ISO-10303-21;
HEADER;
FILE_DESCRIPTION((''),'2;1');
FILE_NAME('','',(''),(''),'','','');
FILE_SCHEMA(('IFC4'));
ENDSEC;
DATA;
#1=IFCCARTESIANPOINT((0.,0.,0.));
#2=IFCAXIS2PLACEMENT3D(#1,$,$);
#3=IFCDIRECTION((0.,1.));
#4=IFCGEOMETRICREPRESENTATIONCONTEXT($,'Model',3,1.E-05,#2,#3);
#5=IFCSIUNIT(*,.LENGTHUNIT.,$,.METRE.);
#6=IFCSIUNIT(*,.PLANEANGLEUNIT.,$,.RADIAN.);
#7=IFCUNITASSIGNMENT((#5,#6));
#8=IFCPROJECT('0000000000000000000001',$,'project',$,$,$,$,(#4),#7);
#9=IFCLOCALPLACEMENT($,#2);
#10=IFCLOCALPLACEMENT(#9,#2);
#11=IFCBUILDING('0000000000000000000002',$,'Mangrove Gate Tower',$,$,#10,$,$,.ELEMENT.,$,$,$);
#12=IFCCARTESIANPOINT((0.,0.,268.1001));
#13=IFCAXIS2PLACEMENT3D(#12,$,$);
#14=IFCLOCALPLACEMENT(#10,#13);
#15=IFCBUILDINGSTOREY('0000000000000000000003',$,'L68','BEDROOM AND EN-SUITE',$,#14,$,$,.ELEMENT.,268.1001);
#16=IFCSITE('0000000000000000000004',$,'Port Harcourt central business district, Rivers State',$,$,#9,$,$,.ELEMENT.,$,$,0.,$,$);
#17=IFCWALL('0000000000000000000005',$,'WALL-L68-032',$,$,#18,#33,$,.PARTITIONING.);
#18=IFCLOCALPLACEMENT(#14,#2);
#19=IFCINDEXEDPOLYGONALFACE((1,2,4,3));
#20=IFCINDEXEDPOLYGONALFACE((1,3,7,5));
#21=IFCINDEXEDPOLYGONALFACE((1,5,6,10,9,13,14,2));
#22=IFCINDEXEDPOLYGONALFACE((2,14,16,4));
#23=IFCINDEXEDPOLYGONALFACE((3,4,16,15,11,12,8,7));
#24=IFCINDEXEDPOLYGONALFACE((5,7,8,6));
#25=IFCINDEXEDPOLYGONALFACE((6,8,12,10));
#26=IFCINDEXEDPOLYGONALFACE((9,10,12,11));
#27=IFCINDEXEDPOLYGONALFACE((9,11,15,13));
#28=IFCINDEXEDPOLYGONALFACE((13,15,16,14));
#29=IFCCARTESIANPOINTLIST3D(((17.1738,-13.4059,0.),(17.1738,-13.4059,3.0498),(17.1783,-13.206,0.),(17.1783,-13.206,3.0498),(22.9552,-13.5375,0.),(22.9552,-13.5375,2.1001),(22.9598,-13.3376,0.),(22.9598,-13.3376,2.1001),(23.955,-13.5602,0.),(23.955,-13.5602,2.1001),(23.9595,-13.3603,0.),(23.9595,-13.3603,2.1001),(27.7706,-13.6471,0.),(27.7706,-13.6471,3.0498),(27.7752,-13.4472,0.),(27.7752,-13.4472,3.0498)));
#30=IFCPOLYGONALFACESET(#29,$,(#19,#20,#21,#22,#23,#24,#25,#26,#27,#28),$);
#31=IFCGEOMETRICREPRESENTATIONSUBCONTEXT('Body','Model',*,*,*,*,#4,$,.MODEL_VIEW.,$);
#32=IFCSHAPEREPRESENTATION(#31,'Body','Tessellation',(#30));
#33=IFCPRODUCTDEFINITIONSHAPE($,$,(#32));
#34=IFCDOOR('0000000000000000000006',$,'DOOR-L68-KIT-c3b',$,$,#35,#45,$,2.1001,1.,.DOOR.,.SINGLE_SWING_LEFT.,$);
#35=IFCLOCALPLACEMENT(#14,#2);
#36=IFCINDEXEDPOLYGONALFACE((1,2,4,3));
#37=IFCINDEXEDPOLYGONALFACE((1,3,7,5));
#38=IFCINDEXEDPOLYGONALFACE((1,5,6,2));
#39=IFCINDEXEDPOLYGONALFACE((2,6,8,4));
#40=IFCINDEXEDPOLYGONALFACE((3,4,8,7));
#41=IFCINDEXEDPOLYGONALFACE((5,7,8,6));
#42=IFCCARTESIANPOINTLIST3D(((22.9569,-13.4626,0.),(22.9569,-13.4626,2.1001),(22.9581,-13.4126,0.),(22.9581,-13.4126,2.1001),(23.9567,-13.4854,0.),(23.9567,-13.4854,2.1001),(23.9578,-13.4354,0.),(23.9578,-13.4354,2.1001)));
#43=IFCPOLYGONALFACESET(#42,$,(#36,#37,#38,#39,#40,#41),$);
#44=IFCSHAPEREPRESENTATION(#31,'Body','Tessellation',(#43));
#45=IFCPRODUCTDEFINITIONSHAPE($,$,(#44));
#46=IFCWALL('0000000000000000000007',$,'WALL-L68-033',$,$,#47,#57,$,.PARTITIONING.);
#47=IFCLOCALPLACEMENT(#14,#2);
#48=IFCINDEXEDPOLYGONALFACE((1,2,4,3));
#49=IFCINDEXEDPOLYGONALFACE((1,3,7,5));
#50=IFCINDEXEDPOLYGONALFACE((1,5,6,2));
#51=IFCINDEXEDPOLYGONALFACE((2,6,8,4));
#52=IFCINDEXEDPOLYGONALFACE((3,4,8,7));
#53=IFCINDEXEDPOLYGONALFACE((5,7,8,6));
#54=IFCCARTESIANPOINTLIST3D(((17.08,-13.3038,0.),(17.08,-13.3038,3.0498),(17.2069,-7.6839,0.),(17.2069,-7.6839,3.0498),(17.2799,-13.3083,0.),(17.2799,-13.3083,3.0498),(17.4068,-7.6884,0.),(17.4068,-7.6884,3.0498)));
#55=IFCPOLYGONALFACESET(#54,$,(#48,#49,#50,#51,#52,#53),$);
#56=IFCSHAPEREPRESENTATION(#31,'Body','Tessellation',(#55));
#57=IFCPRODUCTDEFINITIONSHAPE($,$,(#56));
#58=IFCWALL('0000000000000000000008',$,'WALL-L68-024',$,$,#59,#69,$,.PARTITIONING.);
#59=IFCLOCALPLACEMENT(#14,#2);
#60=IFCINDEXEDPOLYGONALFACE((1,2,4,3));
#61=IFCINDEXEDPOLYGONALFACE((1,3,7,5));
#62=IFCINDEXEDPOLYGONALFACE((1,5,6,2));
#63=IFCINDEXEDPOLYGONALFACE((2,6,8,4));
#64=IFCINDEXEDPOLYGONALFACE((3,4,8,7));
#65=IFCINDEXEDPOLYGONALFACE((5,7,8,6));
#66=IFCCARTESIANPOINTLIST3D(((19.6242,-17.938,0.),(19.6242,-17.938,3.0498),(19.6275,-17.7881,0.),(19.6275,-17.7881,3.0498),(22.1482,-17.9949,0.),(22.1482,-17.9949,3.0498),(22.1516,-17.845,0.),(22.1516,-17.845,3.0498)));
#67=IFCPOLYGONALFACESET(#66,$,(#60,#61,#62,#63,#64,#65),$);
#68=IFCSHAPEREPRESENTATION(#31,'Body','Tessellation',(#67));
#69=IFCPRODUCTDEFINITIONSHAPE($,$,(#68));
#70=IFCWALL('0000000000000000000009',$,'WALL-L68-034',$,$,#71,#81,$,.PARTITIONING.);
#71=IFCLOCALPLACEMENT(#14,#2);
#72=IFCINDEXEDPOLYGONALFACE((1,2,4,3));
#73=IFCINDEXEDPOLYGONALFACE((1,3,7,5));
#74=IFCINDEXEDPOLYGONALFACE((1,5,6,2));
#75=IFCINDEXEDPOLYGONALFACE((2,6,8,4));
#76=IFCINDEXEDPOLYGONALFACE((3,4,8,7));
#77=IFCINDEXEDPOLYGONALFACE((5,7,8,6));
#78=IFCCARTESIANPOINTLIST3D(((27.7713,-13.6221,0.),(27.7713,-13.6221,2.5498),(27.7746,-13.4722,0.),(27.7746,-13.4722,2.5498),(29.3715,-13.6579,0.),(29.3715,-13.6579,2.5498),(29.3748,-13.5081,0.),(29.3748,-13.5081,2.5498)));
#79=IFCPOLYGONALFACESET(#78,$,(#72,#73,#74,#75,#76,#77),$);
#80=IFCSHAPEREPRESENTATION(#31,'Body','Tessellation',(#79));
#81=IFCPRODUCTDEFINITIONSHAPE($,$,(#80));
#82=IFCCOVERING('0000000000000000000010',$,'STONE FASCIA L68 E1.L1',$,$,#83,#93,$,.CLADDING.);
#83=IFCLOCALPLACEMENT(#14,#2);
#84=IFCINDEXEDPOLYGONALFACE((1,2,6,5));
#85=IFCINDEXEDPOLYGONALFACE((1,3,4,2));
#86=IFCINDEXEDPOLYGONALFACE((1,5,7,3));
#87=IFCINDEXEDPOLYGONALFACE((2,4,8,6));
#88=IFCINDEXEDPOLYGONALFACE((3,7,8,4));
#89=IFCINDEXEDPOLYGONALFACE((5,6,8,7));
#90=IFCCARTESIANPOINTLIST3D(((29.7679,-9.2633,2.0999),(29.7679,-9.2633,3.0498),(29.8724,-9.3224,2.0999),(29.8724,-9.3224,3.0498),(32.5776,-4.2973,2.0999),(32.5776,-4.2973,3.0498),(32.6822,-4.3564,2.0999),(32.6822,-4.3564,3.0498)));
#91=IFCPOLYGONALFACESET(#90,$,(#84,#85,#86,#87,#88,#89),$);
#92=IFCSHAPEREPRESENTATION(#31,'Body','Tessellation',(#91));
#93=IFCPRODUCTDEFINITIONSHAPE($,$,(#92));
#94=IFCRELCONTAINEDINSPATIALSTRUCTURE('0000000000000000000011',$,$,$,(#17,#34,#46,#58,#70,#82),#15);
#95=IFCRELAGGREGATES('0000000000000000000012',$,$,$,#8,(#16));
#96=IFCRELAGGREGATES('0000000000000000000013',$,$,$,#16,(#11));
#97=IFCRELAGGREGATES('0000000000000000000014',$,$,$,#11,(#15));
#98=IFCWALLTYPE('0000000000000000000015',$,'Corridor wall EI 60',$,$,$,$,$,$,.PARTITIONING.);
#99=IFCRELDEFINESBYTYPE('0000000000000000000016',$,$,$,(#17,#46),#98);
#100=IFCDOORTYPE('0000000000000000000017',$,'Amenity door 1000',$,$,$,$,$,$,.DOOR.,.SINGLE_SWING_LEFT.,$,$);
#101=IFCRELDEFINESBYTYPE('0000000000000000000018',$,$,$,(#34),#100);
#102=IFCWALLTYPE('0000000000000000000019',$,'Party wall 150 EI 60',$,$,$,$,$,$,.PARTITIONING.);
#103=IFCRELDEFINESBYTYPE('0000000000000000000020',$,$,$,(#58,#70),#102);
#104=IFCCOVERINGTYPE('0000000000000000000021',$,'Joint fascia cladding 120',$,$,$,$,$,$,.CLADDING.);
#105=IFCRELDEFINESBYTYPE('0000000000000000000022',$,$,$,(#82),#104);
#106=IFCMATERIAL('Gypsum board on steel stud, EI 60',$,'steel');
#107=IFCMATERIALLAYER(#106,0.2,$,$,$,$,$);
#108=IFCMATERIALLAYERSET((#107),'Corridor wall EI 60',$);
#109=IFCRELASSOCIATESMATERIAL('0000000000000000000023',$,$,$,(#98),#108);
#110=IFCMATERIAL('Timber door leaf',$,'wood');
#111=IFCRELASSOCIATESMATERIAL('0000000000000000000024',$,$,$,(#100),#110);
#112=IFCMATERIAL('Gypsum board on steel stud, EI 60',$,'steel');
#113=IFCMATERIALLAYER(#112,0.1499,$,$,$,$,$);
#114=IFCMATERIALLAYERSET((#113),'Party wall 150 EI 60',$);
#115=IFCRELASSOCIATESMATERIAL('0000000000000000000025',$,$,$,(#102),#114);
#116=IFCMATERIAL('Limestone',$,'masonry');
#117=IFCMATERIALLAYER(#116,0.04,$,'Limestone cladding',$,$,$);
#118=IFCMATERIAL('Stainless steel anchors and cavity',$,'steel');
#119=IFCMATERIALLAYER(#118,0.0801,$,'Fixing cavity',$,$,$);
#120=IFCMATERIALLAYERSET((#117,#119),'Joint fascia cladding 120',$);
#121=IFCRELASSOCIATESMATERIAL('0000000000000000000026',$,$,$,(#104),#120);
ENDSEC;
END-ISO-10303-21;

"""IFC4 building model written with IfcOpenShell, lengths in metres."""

from ifc_helpers import new_model, si_unit, direction, frame, frame_2d, origin, place, context, subcontext, project, spatial, rectangle, extrude, material, layer, layer_set, type_object, element, fill, save


model = new_model("IFC4")

# Units and contexts
model_context = context("Model", 3, precision=1e-05, world=origin(), true_north=direction((0.0, 1.0)))
body_context = subcontext(model_context, "Body", "Model", "MODEL_VIEW")
ifc_project = project(units=[si_unit("LENGTHUNIT", "METRE"), si_unit("PLANEANGLEUNIT", "RADIAN")], contexts=[model_context])

# Site, building, storey
site_placement = place(None, origin())
site = spatial("IfcSite", under=ifc_project, at=site_placement, Name="Port Harcourt central business district, Rivers State", CompositionType="ELEMENT", RefElevation=0.0)
building_placement = place(site_placement, origin())
building = spatial("IfcBuilding", under=site, at=building_placement, Name="Mangrove Gate Tower", CompositionType="ELEMENT")
storey_placement = place(building_placement, frame((0.0, 0.0, 268.1001)))
storey = spatial("IfcBuildingStorey", under=building, at=storey_placement, Name="L68", Description="BEDROOM AND EN-SUITE", CompositionType="ELEMENT", Elevation=268.1001)

# Shared definitions
ifc_material_1 = material(Name="Gypsum board on steel stud, EI 60", Category="steel")
ifc_layer_1 = layer(ifc_material_1, 0.2)
ifc_layer_set_1 = layer_set([ifc_layer_1], Name="Corridor wall EI 60")
wall_type_1 = type_object("IfcWallType", Name="Corridor wall EI 60", PredefinedType="PARTITIONING", material=ifc_layer_set_1)

# Wall, opening, door
wall_1_placement = place(storey_placement, frame((17.176, -13.3059, 0.0), z_axis=(0.0, 0.0, 1.0), x_axis=(0.999741, -0.022756, 0.0)))
wall_1 = element("IfcWall", 1, at=wall_1_placement, inside=storey, type_object=wall_type_1, Name="WALL-L68-032", PredefinedType="PARTITIONING", context=body_context, shape_type="SweptSolid", body=[
    extrude(rectangle(XDim=10.5996, YDim=0.2, at=frame_2d((5.2998, 0.0))), origin(), (0.0, 0.0, 1.0), 3.0498),
])
opening_placement = place(wall_1_placement, frame((5.783, 0.0, 0.0)))
opening = element("IfcOpeningElement", 2, at=opening_placement, cuts=wall_1, PredefinedType="OPENING", context=body_context, shape_type="SweptSolid", body=[
    extrude(rectangle(XDim=1.0, YDim=2.1001, at=frame_2d((0.5, 1.05))), frame((0.0, 0.1099, 0.0), z_axis=(0.0, -1.0, 0.0), x_axis=(1.0, 0.0, 0.0)), (0.0, 0.0, 1.0), 0.22),
])
ifc_material_2 = material(Name="Timber door leaf", Category="wood")
door_type = type_object("IfcDoorType", Name="Amenity door 1000", OperationType="SINGLE_SWING_LEFT", PredefinedType="DOOR", material=ifc_material_2)
door_placement = place(opening_placement, origin())
door = element("IfcDoor", 3, at=door_placement, inside=storey, type_object=door_type, Name="DOOR-L68-KIT-c3b", OperationType="SINGLE_SWING_LEFT", OverallHeight=2.1001, OverallWidth=1.0, PredefinedType="DOOR", context=body_context, shape_type="SweptSolid", body=[
    extrude(rectangle(XDim=1.0, YDim=2.1001, at=frame_2d((0.5, 1.05))), frame((0.0, 0.0249, 0.0), z_axis=(0.0, -1.0, 0.0), x_axis=(1.0, 0.0, 0.0)), (0.0, 0.0, 1.0), 0.05),
])
fill(opening, door)

# Walls
wall_2_placement = place(storey_placement, frame((17.1799, -13.3059, 0.0), z_axis=(0.0, 0.0, 1.0), x_axis=(0.022584, 0.999745, 0.0)))
element("IfcWall", 4, at=wall_2_placement, inside=storey, type_object=wall_type_1, Name="WALL-L68-033", PredefinedType="PARTITIONING", context=body_context, shape_type="SweptSolid", body=[
    extrude(rectangle(XDim=5.6213, YDim=0.2, at=frame_2d((2.8105, 0.0))), origin(), (0.0, 0.0, 1.0), 3.0498),
])
ifc_material_3 = material(Name="Gypsum board on steel stud, EI 60", Category="steel")
ifc_layer_2 = layer(ifc_material_3, 0.1499)
ifc_layer_set_2 = layer_set([ifc_layer_2], Name="Party wall 150 EI 60")
wall_type_2 = type_object("IfcWallType", Name="Party wall 150 EI 60", PredefinedType="PARTITIONING", material=ifc_layer_set_2)
wall_3_placement = place(storey_placement, frame((19.626, -17.863, 0.0), z_axis=(0.0, 0.0, 1.0), x_axis=(0.999746, -0.022532, 0.0)))
element("IfcWall", 5, at=wall_3_placement, inside=storey, type_object=wall_type_2, Name="WALL-L68-024", PredefinedType="PARTITIONING", context=body_context, shape_type="SweptSolid", body=[
    extrude(rectangle(XDim=2.5247, YDim=0.1499, at=frame_2d((1.2622, 0.0))), origin(), (0.0, 0.0, 1.0), 3.0498),
])
wall_4_placement = place(storey_placement, frame((27.7729, -13.5471, 0.0), z_axis=(0.0, 0.0, 1.0), x_axis=(0.999749, -0.022423, 0.0)))
element("IfcWall", 6, at=wall_4_placement, inside=storey, type_object=wall_type_2, Name="WALL-L68-034", PredefinedType="PARTITIONING", context=body_context, shape_type="SweptSolid", body=[
    extrude(rectangle(XDim=1.6006, YDim=0.1499, at=frame_2d((0.8003, 0.0))), origin(), (0.0, 0.0, 1.0), 2.5498),
])

# Covering
ifc_material_4 = material(Name="Limestone", Category="masonry")
ifc_layer_3 = layer(ifc_material_4, 0.04, Name="Limestone cladding")
ifc_material_5 = material(Name="Stainless steel anchors and cavity", Category="steel")
ifc_layer_4 = layer(ifc_material_5, 0.0801, Name="Fixing cavity")
ifc_layer_set_3 = layer_set([ifc_layer_3, ifc_layer_4], Name="Joint fascia cladding 120")
covering_type = type_object("IfcCoveringType", Name="Joint fascia cladding 120", PredefinedType="CLADDING", material=ifc_layer_set_3)
covering_placement = place(storey_placement, frame((29.8201, -9.293, 2.0999), z_axis=(0.0, 0.0, 1.0), x_axis=(0.492444, 0.870344, 0.0)))
element("IfcCovering", 7, at=covering_placement, inside=storey, type_object=covering_type, Name="STONE FASCIA L68 E1.L1", PredefinedType="CLADDING", context=body_context, shape_type="SweptSolid", body=[
    extrude(rectangle(XDim=5.7058, YDim=0.1201, at=frame_2d((2.853, 0.0))), origin(), (0.0, 0.0, 1.0), 0.95),
])

save(model, "model.ifc")
